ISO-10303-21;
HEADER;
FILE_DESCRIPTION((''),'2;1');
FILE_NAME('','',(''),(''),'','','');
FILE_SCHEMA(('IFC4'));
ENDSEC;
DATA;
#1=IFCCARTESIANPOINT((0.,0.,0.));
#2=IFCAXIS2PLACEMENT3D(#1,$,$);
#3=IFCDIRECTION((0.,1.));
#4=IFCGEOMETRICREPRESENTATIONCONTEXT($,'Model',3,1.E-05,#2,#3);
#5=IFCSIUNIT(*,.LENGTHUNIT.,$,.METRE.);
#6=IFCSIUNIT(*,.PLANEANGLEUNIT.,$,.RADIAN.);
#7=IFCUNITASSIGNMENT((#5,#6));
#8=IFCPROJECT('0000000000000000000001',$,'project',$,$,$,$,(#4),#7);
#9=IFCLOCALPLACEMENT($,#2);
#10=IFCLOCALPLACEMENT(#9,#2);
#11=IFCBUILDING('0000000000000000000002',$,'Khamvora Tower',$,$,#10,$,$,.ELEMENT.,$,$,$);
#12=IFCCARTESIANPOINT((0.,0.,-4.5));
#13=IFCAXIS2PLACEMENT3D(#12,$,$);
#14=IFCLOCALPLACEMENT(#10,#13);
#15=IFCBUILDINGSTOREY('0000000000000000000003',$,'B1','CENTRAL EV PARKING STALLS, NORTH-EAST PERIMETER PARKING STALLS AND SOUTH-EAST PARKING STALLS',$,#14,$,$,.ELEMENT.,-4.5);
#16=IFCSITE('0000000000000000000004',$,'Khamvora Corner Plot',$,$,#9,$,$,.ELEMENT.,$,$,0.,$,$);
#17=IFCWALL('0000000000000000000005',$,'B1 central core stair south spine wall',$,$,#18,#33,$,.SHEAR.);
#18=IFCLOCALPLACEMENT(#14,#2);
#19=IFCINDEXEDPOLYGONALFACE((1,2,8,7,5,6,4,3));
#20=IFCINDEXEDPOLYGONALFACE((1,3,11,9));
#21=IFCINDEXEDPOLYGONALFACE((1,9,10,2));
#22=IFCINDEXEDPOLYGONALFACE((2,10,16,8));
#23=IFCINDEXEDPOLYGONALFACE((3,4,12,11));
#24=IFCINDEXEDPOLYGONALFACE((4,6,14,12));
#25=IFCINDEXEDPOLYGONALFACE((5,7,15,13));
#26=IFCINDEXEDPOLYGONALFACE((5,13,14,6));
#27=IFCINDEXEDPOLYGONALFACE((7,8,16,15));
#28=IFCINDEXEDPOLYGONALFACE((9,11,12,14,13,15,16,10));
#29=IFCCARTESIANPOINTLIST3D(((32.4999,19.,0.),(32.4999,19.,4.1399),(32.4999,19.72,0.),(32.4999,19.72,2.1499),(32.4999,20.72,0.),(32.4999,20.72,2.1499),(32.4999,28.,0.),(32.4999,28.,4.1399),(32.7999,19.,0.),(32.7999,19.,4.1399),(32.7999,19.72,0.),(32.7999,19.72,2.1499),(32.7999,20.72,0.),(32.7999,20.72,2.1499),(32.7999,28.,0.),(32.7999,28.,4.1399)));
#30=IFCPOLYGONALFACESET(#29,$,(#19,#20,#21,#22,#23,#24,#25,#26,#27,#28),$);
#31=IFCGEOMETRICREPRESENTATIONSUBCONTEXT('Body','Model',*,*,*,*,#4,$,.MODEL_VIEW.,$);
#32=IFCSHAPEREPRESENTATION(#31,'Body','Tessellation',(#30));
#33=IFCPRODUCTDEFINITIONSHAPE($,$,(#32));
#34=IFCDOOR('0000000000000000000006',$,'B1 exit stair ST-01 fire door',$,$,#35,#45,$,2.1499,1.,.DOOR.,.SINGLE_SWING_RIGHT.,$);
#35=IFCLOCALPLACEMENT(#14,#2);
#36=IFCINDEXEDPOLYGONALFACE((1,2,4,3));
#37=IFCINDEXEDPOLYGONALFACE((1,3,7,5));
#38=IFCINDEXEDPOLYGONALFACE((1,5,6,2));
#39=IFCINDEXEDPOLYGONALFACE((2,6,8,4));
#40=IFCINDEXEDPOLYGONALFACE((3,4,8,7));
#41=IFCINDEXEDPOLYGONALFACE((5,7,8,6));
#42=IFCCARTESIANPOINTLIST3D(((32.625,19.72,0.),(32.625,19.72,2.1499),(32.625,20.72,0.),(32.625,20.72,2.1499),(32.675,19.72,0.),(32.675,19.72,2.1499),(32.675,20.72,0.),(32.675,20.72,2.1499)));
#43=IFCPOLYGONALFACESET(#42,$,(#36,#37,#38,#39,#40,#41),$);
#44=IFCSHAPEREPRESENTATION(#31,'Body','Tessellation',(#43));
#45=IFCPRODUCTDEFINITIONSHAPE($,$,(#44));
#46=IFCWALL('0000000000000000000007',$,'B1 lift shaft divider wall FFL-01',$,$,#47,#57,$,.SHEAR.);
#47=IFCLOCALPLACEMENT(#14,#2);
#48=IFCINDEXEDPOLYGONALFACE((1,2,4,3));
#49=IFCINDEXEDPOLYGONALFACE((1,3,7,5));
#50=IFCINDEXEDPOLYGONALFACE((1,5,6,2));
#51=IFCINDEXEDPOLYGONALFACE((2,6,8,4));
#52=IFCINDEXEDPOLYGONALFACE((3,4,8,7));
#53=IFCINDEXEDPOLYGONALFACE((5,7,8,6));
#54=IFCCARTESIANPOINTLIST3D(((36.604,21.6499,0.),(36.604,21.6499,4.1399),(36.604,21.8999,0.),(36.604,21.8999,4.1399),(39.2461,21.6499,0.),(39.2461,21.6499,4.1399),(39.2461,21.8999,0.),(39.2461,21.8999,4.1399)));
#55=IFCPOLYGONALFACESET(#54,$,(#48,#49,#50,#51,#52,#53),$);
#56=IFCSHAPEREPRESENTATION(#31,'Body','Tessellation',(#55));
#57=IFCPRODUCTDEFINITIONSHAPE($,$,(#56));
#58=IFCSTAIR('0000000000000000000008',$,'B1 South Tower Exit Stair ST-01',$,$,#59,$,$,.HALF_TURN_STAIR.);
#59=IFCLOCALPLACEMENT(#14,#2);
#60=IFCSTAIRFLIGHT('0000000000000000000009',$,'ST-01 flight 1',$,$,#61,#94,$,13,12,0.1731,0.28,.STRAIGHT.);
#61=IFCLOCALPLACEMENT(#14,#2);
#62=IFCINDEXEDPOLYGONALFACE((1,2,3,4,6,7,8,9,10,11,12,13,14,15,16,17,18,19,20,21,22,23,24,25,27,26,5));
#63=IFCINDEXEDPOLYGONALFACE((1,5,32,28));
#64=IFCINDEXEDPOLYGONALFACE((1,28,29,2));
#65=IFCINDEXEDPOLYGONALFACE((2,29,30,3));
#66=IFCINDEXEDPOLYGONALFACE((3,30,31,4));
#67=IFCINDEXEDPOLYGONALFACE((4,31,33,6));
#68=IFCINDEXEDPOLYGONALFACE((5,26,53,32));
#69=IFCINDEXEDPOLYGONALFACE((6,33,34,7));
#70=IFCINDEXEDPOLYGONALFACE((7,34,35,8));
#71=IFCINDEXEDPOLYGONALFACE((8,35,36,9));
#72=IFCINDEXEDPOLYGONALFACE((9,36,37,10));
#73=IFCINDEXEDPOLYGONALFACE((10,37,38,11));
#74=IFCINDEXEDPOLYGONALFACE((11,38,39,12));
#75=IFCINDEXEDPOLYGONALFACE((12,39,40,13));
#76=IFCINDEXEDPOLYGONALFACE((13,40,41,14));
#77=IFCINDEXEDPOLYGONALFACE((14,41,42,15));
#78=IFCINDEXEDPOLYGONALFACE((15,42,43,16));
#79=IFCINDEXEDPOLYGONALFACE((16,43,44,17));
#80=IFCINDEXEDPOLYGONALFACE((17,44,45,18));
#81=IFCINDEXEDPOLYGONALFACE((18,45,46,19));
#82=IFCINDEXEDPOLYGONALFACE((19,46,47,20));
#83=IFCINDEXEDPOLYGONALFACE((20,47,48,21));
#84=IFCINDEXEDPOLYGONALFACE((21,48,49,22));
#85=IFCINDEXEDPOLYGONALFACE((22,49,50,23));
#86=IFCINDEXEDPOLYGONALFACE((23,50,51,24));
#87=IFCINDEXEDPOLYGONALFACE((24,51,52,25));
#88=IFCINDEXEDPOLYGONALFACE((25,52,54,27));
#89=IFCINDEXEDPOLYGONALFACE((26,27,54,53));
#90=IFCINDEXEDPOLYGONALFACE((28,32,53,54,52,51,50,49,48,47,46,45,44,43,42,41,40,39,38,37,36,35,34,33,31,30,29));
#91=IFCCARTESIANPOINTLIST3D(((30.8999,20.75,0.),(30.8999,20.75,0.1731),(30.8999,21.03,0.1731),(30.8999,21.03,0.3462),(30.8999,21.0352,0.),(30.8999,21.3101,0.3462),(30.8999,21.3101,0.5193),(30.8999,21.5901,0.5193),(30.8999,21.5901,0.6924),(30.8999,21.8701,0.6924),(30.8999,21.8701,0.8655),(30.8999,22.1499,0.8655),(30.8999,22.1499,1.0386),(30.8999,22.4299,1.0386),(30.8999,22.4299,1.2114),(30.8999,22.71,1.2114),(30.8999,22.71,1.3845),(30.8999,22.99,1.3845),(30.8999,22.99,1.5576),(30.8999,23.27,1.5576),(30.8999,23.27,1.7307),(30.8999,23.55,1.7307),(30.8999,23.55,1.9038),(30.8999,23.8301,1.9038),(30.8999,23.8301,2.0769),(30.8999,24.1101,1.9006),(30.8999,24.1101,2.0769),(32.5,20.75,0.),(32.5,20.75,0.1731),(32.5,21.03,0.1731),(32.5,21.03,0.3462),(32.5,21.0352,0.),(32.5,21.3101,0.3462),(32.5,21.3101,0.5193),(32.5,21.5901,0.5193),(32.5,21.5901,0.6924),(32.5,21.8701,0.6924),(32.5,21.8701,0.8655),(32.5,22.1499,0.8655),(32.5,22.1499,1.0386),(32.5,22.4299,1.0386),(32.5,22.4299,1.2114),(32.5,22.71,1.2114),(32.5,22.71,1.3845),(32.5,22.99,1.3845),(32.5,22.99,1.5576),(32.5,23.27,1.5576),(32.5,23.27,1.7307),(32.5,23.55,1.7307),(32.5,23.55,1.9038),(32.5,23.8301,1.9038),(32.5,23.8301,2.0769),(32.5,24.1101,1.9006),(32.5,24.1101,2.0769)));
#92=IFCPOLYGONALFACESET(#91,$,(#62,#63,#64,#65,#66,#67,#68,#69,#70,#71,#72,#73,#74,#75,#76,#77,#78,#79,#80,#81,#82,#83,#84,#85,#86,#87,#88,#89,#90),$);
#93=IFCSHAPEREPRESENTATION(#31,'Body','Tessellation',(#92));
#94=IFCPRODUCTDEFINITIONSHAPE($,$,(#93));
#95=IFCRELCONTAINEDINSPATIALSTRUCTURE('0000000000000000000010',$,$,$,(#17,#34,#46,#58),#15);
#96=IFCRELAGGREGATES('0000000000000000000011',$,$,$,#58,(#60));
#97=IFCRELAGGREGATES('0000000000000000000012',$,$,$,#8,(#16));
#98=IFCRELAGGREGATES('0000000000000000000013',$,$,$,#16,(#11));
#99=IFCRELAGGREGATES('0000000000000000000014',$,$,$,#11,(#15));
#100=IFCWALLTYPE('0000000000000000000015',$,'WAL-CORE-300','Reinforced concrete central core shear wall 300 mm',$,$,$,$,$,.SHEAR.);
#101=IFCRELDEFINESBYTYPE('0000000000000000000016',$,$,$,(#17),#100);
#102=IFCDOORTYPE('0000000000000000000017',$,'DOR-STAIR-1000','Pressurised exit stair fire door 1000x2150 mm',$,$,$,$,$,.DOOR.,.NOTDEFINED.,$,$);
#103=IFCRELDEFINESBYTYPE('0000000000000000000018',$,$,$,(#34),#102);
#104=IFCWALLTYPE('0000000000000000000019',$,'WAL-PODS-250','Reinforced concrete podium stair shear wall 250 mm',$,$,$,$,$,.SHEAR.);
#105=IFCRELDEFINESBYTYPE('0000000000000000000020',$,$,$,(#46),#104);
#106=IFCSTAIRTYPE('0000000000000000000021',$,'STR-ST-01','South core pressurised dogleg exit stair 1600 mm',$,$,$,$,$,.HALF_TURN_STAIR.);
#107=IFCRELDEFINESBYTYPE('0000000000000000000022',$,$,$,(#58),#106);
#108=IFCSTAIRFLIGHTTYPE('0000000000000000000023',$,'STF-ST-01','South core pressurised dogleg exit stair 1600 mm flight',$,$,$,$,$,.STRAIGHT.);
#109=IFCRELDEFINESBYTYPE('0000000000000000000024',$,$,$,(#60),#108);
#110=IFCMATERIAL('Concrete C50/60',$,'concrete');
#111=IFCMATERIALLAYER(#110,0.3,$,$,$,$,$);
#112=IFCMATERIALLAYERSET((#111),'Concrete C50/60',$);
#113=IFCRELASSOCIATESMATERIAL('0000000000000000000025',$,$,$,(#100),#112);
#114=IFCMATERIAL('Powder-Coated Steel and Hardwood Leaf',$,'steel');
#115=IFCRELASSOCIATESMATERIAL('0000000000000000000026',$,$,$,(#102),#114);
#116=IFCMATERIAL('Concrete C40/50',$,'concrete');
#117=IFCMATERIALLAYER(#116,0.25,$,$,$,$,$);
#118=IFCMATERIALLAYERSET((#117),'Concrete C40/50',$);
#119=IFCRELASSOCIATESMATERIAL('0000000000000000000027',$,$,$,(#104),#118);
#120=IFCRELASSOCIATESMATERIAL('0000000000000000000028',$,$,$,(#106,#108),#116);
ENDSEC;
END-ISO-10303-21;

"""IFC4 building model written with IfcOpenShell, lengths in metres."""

from ifc_helpers import new_model, si_unit, direction, frame, frame_2d, origin, place, context, subcontext, project, spatial, polyline, rectangle, outline, extrude, material, layer, layer_set, type_object, element, fill, aggregate, save


model = new_model("IFC4")

# Units and contexts
model_context = context("Model", 3, precision=1e-05, world=origin(), true_north=direction((0.0, 1.0)))
body_context = subcontext(model_context, "Body", "Model", "MODEL_VIEW")
ifc_project = project(units=[si_unit("LENGTHUNIT", "METRE"), si_unit("PLANEANGLEUNIT", "RADIAN")], contexts=[model_context])

# Site, building, storey
site_placement = place(None, origin())
site = spatial("IfcSite", under=ifc_project, at=site_placement, Name="Khamvora Corner Plot", CompositionType="ELEMENT", RefElevation=0.0)
building_placement = place(site_placement, origin())
building = spatial("IfcBuilding", under=site, at=building_placement, Name="Khamvora Tower", CompositionType="ELEMENT")
storey_placement = place(building_placement, frame((0.0, 0.0, -4.5)))
storey = spatial("IfcBuildingStorey", under=building, at=storey_placement, Name="B1", Description="CENTRAL EV PARKING STALLS, NORTH-EAST PERIMETER PARKING STALLS AND SOUTH-EAST PARKING STALLS", CompositionType="ELEMENT", Elevation=-4.5)

# Shared definitions
ifc_material_1 = material(Name="Concrete C50/60", Category="concrete")
ifc_layer_1 = layer(ifc_material_1, 0.3)
ifc_layer_set_1 = layer_set([ifc_layer_1], Name="Concrete C50/60")
wall_type_1 = type_object("IfcWallType", Name="WAL-CORE-300", Description="Reinforced concrete central core shear wall 300 mm", PredefinedType="SHEAR", material=ifc_layer_set_1)

# Wall, opening, door
wall_1_placement = place(storey_placement, frame((32.6499, 19.0, 0.0), z_axis=(0.0, 0.0, 1.0), x_axis=(0.0, 1.0, 0.0)))
wall_1 = element("IfcWall", 1, at=wall_1_placement, inside=storey, type_object=wall_type_1, Name="B1 central core stair south spine wall", PredefinedType="SHEAR", context=body_context, shape_type="SweptSolid", body=[
    extrude(rectangle(XDim=9.0, YDim=0.3, at=frame_2d((4.5, 0.0))), origin(), (0.0, 0.0, 1.0), 4.1399),
])
opening_1_placement = place(wall_1_placement, frame((0.72, 0.0, 0.0)))
opening_1 = element("IfcOpeningElement", 2, at=opening_1_placement, cuts=wall_1, PredefinedType="OPENING", context=body_context, shape_type="SweptSolid", body=[
    extrude(rectangle(XDim=1.0, YDim=2.1499, at=frame_2d((0.5, 1.075))), frame((0.0, 0.1599, 0.0), z_axis=(0.0, -1.0, 0.0), x_axis=(1.0, 0.0, 0.0)), (0.0, 0.0, 1.0), 0.3201),
])
ifc_material_2 = material(Name="Powder-Coated Steel and Hardwood Leaf", Category="steel")
door_type_1 = type_object("IfcDoorType", Name="DOR-STAIR-1000", Description="Pressurised exit stair fire door 1000x2150 mm", OperationType="NOTDEFINED", PredefinedType="DOOR", material=ifc_material_2)
door_1_placement = place(opening_1_placement, origin())
door_1 = element("IfcDoor", 3, at=door_1_placement, inside=storey, type_object=door_type_1, Name="B1 exit stair ST-01 fire door", OperationType="SINGLE_SWING_RIGHT", OverallHeight=2.1499, OverallWidth=1.0, PredefinedType="DOOR", context=body_context, shape_type="SweptSolid", body=[
    extrude(rectangle(XDim=1.0, YDim=2.1499, at=frame_2d((0.5, 1.075))), frame((0.0, 0.0249, 0.0), z_axis=(0.0, -1.0, 0.0), x_axis=(1.0, 0.0, 0.0)), (0.0, 0.0, 1.0), 0.05),
])
fill(opening_1, door_1)

# Wall
ifc_material_3 = material(Name="Concrete C40/50", Category="concrete")
ifc_layer_2 = layer(ifc_material_3, 0.25)
ifc_layer_set_2 = layer_set([ifc_layer_2], Name="Concrete C40/50")
wall_type_2 = type_object("IfcWallType", Name="WAL-PODS-250", Description="Reinforced concrete podium stair shear wall 250 mm", PredefinedType="SHEAR", material=ifc_layer_set_2)
wall_2_placement = place(storey_placement, frame((36.604, 21.7749, 0.0), z_axis=(0.0, 0.0, 1.0), x_axis=(1.0, 0.0, 0.0)))
element("IfcWall", 4, at=wall_2_placement, inside=storey, type_object=wall_type_2, Name="B1 lift shaft divider wall FFL-01", PredefinedType="SHEAR", context=body_context, shape_type="SweptSolid", body=[
    extrude(rectangle(XDim=2.6421, YDim=0.25, at=frame_2d((1.321, 0.0))), origin(), (0.0, 0.0, 1.0), 4.1399),
])

# Stair, stair flight
stair_type = type_object("IfcStairType", Name="STR-ST-01", Description="South core pressurised dogleg exit stair 1600 mm", PredefinedType="HALF_TURN_STAIR", material=ifc_material_3)
stair_placement = place(storey_placement, origin())
stair = element("IfcStair", 5, at=stair_placement, inside=storey, type_object=stair_type, Name="B1 South Tower Exit Stair ST-01", PredefinedType="HALF_TURN_STAIR")
stair_flight_type = type_object("IfcStairFlightType", Name="STF-ST-01", Description="South core pressurised dogleg exit stair 1600 mm flight", PredefinedType="STRAIGHT", material=ifc_material_3)
stair_flight_placement = place(storey_placement, frame((31.7, 20.75, 0.0), z_axis=(0.0, 0.0, 1.0), x_axis=(0.0, 1.0, 0.0)))
stair_flight = element("IfcStairFlight", 6, at=stair_flight_placement, type_object=stair_flight_type, Name="ST-01 flight 1", NumberOfRisers=13, NumberOfTreads=12, PredefinedType="STRAIGHT", RiserHeight=0.1731, TreadLength=0.28, context=body_context, shape_type="SweptSolid", body=[
    extrude(outline(polyline([(0.0, 0.0), (0.0, 0.1731), (0.28, 0.1731), (0.28, 0.3462), (0.5601, 0.3462), (0.5601, 0.5193), (0.8401, 0.5193), (0.8401, 0.6924), (1.1201, 0.6924), (1.1201, 0.8655), (1.3999, 0.8655), (1.3999, 1.0386), (1.6799, 1.0386), (1.6799, 1.2114), (1.96, 1.2114), (1.96, 1.3845), (2.24, 1.3845), (2.24, 1.5576), (2.52, 1.5576), (2.52, 1.7307), (2.8, 1.7307), (2.8, 1.9038), (3.0801, 1.9038), (3.0801, 2.0769), (3.3601, 2.0769), (3.3601, 2.25), (3.3601, 1.9006), (0.2852, 0.0), (0.0, 0.0)])), frame((0.0, 0.8, 0.0), z_axis=(0.0, -1.0, 0.0), x_axis=(1.0, 0.0, 0.0)), (0.0, 0.0, 1.0), 1.6001),
])
aggregate(stair, [stair_flight])

save(model, "model.ifc")
